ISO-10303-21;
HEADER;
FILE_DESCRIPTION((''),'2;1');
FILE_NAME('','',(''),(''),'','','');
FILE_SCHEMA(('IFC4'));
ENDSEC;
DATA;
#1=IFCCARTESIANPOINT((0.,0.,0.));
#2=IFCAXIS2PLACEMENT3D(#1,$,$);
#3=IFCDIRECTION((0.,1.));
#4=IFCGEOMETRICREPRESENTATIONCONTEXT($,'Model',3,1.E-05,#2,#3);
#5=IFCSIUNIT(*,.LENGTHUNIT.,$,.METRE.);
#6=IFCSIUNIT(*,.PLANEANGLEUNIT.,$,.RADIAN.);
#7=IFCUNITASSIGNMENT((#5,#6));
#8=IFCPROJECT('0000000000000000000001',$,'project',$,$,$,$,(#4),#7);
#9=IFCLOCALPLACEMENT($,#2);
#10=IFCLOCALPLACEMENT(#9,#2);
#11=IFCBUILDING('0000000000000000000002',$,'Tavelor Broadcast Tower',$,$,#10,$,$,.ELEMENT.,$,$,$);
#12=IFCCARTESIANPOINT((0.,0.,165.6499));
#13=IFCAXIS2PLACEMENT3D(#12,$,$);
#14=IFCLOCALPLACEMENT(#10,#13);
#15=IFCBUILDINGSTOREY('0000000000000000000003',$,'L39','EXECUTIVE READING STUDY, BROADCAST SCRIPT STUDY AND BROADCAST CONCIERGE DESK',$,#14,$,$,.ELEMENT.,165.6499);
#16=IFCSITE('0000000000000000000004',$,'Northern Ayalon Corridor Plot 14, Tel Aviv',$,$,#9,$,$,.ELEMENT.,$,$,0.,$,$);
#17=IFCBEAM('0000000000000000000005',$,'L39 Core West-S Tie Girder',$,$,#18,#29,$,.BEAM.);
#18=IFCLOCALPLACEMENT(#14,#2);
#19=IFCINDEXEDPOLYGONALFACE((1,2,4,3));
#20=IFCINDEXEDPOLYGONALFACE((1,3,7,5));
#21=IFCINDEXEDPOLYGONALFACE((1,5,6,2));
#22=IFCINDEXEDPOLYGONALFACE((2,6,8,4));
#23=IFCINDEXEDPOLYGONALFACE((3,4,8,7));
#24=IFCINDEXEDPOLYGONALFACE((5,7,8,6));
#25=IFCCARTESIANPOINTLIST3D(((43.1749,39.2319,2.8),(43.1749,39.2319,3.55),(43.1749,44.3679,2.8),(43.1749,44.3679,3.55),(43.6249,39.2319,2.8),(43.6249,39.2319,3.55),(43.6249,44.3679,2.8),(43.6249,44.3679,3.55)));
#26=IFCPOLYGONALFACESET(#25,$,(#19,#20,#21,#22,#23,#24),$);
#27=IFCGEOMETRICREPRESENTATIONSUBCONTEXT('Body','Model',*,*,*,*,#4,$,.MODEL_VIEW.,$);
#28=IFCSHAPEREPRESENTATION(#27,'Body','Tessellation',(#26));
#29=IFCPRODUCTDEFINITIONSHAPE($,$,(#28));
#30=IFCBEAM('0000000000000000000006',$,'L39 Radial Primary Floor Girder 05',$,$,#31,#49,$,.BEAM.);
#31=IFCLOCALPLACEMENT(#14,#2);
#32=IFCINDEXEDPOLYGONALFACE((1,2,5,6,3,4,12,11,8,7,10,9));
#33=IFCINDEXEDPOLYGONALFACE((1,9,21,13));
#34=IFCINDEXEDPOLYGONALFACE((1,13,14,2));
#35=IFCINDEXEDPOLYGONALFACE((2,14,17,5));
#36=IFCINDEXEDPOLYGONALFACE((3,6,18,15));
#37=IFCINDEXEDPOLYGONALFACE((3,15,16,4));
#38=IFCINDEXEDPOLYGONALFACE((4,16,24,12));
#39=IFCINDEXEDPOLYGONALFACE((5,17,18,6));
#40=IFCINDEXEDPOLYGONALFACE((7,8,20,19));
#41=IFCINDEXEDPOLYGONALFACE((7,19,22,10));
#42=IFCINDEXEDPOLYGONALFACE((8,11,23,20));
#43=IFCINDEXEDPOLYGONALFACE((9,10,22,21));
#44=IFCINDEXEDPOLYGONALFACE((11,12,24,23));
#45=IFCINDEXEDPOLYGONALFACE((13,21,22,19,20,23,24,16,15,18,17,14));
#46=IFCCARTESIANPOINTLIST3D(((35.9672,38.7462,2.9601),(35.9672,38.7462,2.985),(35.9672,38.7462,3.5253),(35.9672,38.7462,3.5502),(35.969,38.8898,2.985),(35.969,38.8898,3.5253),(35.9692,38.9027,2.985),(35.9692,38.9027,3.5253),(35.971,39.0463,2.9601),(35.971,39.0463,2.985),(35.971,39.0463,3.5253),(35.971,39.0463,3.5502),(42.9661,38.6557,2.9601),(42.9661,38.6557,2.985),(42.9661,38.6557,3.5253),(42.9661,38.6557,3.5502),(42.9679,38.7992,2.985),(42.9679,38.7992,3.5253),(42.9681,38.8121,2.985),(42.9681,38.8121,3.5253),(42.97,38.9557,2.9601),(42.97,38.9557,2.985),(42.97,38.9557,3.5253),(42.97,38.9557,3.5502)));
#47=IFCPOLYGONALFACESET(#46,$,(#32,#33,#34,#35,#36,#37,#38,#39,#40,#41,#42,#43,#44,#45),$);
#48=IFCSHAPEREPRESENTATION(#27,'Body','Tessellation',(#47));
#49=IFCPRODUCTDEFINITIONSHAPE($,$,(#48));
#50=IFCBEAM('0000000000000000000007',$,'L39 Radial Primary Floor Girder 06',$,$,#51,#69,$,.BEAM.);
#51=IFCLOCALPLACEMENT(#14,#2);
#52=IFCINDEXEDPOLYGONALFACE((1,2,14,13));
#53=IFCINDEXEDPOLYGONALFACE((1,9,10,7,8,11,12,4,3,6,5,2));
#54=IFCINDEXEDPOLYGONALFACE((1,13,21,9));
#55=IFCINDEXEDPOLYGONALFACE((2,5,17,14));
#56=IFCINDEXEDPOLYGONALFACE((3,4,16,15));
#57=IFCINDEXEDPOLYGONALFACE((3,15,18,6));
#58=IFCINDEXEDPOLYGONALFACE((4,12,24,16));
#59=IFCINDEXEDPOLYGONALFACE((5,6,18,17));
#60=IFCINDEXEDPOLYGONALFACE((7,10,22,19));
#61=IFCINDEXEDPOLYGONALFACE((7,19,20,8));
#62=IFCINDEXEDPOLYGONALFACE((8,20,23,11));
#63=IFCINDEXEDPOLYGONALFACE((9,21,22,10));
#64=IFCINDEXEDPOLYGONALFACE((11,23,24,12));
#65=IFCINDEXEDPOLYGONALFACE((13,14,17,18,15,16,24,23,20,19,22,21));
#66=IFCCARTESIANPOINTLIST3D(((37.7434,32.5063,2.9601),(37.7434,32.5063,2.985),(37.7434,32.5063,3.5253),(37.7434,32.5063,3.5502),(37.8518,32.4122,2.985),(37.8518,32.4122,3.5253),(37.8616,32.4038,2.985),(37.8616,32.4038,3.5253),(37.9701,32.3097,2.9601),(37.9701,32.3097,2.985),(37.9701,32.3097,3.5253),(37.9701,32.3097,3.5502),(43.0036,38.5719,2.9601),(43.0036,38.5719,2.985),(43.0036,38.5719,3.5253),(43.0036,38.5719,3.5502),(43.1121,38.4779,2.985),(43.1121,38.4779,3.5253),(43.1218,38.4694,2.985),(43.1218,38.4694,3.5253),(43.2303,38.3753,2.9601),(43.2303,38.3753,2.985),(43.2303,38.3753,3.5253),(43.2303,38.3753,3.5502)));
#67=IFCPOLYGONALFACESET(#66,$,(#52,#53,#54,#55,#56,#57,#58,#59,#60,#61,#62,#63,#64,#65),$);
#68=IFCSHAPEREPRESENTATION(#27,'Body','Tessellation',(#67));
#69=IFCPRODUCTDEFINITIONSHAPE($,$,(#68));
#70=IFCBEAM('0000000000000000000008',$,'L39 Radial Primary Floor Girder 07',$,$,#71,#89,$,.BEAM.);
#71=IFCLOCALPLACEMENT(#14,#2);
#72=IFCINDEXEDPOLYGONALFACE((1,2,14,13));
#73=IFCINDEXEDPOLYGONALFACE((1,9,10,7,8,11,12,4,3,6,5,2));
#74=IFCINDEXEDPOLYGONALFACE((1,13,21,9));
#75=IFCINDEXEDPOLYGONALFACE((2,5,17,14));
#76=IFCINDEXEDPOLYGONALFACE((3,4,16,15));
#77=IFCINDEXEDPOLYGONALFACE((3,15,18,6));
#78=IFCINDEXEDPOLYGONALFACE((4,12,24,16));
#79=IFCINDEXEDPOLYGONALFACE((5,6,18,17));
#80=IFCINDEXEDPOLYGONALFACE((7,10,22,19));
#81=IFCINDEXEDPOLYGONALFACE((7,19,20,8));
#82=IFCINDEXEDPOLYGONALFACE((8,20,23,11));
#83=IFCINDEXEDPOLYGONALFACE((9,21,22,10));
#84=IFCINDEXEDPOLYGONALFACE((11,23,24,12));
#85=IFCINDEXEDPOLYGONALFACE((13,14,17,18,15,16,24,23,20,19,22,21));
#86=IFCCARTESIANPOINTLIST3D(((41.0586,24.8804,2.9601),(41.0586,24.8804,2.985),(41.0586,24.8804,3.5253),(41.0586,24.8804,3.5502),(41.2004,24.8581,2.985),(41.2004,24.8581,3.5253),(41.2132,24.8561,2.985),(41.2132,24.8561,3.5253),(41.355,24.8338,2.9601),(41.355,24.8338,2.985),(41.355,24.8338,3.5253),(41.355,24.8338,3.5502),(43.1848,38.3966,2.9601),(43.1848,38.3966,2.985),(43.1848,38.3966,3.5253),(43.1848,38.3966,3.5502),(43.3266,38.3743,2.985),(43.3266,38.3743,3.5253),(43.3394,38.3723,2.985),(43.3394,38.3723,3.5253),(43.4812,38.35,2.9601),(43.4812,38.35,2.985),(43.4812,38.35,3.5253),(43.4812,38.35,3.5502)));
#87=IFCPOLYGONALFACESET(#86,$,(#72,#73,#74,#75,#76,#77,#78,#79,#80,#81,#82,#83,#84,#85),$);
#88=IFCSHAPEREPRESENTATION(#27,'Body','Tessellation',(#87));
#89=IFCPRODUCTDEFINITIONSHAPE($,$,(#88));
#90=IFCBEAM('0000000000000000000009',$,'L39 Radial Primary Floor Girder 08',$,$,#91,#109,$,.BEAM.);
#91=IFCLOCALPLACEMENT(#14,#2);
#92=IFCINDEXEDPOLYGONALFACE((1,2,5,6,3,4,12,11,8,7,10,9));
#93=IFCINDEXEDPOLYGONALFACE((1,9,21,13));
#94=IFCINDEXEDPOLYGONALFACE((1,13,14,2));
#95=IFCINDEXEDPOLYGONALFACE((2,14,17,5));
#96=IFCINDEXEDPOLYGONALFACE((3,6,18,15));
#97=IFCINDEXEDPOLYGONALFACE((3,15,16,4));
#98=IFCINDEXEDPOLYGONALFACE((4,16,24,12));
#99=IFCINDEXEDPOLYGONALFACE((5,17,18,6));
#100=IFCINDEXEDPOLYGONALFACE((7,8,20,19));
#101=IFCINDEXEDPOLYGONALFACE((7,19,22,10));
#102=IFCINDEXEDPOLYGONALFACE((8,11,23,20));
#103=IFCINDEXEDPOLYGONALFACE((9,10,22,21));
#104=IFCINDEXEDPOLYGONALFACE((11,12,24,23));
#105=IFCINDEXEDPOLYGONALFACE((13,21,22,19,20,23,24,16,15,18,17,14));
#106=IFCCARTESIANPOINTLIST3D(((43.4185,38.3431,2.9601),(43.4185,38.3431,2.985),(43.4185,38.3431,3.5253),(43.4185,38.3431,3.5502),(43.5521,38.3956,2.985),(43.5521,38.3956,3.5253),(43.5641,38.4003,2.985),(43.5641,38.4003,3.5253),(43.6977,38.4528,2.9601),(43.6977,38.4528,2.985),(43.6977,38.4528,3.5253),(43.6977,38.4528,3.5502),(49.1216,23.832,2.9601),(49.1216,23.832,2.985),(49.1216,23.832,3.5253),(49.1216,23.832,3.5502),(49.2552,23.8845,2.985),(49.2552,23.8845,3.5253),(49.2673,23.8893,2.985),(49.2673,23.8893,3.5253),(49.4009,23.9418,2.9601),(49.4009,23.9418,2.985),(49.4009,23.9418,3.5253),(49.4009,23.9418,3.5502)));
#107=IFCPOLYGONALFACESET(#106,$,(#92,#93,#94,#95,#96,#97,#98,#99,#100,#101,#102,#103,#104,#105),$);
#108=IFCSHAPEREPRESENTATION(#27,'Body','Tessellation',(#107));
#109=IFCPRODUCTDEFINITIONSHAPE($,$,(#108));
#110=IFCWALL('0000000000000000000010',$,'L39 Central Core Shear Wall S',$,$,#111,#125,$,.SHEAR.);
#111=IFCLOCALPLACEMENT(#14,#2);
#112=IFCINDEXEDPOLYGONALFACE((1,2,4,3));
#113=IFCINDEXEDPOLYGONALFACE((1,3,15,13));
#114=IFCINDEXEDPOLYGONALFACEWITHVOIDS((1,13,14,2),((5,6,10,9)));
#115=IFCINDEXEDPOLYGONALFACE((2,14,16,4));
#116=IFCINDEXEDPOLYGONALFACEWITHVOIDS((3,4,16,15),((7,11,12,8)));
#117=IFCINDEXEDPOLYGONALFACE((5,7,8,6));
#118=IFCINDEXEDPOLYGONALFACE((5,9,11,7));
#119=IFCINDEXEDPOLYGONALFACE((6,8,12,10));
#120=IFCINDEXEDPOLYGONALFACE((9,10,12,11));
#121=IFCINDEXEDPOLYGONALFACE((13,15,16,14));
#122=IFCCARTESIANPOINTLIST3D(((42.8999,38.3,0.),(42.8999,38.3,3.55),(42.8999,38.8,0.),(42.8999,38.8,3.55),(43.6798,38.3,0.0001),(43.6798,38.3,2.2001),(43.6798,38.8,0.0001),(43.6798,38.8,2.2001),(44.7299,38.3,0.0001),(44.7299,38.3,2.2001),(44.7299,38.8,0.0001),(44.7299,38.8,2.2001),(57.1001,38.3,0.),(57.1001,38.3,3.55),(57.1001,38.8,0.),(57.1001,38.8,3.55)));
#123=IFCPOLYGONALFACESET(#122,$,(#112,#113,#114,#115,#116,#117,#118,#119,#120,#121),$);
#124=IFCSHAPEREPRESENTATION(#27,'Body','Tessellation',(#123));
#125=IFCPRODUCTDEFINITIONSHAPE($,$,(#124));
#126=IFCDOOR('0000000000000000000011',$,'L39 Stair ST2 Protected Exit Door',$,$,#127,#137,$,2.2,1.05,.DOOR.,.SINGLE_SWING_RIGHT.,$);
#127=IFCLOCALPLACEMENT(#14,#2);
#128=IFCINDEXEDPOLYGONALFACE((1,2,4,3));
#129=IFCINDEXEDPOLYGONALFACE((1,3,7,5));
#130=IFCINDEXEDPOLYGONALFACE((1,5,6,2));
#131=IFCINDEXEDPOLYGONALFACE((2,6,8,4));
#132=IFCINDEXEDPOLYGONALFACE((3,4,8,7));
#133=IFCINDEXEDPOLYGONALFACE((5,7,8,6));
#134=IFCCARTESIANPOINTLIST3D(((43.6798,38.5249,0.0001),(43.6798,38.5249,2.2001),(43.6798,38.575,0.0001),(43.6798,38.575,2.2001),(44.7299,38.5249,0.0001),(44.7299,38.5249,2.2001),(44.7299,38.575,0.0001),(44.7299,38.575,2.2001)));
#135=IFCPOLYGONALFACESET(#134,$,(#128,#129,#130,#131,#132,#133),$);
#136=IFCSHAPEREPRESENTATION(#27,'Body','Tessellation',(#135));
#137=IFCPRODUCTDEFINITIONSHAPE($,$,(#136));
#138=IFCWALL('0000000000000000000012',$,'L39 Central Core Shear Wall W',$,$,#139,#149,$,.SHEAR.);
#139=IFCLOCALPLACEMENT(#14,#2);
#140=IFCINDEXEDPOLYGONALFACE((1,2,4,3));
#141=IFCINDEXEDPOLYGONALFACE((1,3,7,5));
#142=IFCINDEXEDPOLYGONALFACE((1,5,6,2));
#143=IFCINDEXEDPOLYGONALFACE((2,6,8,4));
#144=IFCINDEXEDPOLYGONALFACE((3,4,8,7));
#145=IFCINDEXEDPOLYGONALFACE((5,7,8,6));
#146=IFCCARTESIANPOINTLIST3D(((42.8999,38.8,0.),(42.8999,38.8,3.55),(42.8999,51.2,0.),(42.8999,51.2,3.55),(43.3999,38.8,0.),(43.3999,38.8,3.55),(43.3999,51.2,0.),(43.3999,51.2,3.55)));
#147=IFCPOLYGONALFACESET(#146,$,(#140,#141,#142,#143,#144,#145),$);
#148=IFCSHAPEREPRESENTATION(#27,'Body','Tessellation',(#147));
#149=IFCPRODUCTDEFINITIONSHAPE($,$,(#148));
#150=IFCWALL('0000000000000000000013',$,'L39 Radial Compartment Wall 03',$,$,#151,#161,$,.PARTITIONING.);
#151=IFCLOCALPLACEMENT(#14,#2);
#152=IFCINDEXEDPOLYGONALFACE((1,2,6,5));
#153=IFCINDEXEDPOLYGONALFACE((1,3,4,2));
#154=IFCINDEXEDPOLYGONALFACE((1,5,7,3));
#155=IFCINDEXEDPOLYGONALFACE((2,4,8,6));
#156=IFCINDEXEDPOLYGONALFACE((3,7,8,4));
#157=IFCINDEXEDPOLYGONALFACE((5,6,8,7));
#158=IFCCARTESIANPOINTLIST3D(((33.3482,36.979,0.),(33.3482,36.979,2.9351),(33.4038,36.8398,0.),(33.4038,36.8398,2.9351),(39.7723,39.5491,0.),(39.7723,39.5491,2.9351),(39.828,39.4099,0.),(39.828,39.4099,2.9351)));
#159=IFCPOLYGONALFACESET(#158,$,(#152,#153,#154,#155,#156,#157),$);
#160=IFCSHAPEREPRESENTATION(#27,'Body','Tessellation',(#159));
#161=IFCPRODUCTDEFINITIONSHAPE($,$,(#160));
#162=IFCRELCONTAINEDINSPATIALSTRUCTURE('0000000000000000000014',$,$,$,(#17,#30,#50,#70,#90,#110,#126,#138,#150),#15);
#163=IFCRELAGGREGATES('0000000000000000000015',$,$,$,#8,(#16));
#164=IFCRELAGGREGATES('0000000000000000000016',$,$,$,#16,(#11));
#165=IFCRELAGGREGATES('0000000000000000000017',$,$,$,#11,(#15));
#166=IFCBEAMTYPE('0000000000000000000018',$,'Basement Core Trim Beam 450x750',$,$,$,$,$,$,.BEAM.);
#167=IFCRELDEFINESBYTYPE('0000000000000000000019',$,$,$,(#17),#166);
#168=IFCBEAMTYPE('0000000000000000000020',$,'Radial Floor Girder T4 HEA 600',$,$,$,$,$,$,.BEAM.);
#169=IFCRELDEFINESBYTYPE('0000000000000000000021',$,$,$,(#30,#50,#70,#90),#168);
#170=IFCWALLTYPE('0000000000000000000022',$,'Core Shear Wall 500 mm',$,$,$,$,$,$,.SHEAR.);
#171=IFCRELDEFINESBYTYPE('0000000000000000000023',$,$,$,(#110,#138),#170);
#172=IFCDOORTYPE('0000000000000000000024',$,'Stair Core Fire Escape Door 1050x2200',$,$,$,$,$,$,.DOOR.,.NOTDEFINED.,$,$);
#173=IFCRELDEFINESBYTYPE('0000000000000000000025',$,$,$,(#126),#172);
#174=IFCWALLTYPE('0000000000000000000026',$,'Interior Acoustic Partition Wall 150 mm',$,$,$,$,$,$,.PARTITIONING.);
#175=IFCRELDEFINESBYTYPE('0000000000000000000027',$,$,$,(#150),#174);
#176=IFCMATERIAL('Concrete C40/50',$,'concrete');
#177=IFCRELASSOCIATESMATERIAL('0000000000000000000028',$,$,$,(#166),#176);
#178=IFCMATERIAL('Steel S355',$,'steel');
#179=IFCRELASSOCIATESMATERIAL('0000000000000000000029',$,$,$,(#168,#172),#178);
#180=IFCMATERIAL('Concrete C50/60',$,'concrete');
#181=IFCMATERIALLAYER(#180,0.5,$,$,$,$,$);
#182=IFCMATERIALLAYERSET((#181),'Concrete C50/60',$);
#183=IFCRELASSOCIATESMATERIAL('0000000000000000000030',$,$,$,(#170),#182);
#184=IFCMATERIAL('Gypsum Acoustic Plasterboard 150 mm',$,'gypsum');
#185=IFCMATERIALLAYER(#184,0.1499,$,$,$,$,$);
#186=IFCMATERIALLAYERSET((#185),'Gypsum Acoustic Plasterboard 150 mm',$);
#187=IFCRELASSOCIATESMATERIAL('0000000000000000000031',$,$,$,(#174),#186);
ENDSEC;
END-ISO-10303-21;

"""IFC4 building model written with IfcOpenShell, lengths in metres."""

from ifc_helpers import new_model, si_unit, direction, frame, frame_2d, origin, origin_2d, place, context, subcontext, project, spatial, rectangle, i_section, extrude, material, layer, layer_set, material_profile, profile_set, type_object, element, fill, save


model = new_model("IFC4")

# Units and contexts
model_context = context("Model", 3, precision=1e-05, world=origin(), true_north=direction((0.0, 1.0)))
body_context = subcontext(model_context, "Body", "Model", "MODEL_VIEW")
ifc_project = project(units=[si_unit("LENGTHUNIT", "METRE"), si_unit("PLANEANGLEUNIT", "RADIAN")], contexts=[model_context])

# Site, building, storey
site_placement = place(None, origin())
site = spatial("IfcSite", under=ifc_project, at=site_placement, Name="Northern Ayalon Corridor Plot 14, Tel Aviv", CompositionType="ELEMENT", RefElevation=0.0)
building_placement = place(site_placement, origin())
building = spatial("IfcBuilding", under=site, at=building_placement, Name="Tavelor Broadcast Tower", CompositionType="ELEMENT")
storey_placement = place(building_placement, frame((0.0, 0.0, 165.6499)))
storey = spatial("IfcBuildingStorey", under=building, at=storey_placement, Name="L39", Description="EXECUTIVE READING STUDY, BROADCAST SCRIPT STUDY AND BROADCAST CONCIERGE DESK", CompositionType="ELEMENT", Elevation=165.6499)

# Beams
ifc_material_1 = material(Name="Concrete C40/50", Category="concrete")
ifc_material_profile_1 = material_profile(ifc_material_1, rectangle(XDim=0.45, YDim=0.75, at=origin_2d()), Name="RC 450x750")
ifc_profile_set_1 = profile_set([ifc_material_profile_1], Name="Concrete C40/50")
beam_type_1 = type_object("IfcBeamType", Name="Basement Core Trim Beam 450x750", PredefinedType="BEAM", material=ifc_profile_set_1)
beam_1_placement = place(storey_placement, frame((43.3999, 39.2319, 3.175), z_axis=(0.0, 1.0, 0.0), x_axis=(-1.0, 0.0, 0.0)))
element("IfcBeam", 1, at=beam_1_placement, inside=storey, type_object=beam_type_1, Name="L39 Core West-S Tie Girder", PredefinedType="BEAM", context=body_context, shape_type="SweptSolid", body=[
    extrude(rectangle(XDim=0.45, YDim=0.75, at=origin_2d()), origin(), (0.0, 0.0, 1.0), 5.136),
])
ifc_material_2 = material(Name="Steel S355", Category="steel")
ifc_material_profile_2 = material_profile(ifc_material_2, i_section(OverallWidth=0.3, OverallDepth=0.5901, WebThickness=0.0129, FlangeThickness=0.0249, at=origin_2d()), Name="HEA 600")
ifc_profile_set_2 = profile_set([ifc_material_profile_2], Name="Steel S355")
beam_type_2 = type_object("IfcBeamType", Name="Radial Floor Girder T4 HEA 600", PredefinedType="BEAM", material=ifc_profile_set_2)
beam_2_placement = place(storey_placement, frame((42.968, 38.8057, 3.2551), z_axis=(-0.999916, 0.01294, 0.0), x_axis=(-0.01294, -0.999916, 0.0)))
element("IfcBeam", 2, at=beam_2_placement, inside=storey, type_object=beam_type_2, Name="L39 Radial Primary Floor Girder 05", PredefinedType="BEAM", context=body_context, shape_type="SweptSolid", body=[
    extrude(i_section(OverallWidth=0.3, OverallDepth=0.5901, WebThickness=0.0129, FlangeThickness=0.0249, at=origin_2d()), origin(), (0.0, 0.0, 1.0), 6.9995),
])
beam_3_placement = place(storey_placement, frame((43.1169, 38.4736, 3.2551), z_axis=(-0.655168, -0.755483, 0.0), x_axis=(0.755483, -0.655168, 0.0)))
element("IfcBeam", 3, at=beam_3_placement, inside=storey, type_object=beam_type_2, Name="L39 Radial Primary Floor Girder 06", PredefinedType="BEAM", context=body_context, shape_type="SweptSolid", body=[
    extrude(i_section(OverallWidth=0.3, OverallDepth=0.5901, WebThickness=0.0129, FlangeThickness=0.0249, at=origin_2d()), origin(), (0.0, 0.0, 1.0), 8.0288),
])
beam_4_placement = place(storey_placement, frame((43.333, 38.3733, 3.2551), z_axis=(-0.155399, -0.987852, 0.0), x_axis=(0.987852, -0.155399, 0.0)))
element("IfcBeam", 4, at=beam_4_placement, inside=storey, type_object=beam_type_2, Name="L39 Radial Primary Floor Girder 07", PredefinedType="BEAM", context=body_context, shape_type="SweptSolid", body=[
    extrude(i_section(OverallWidth=0.3, OverallDepth=0.5901, WebThickness=0.0129, FlangeThickness=0.0249, at=origin_2d()), origin(), (0.0, 0.0, 1.0), 13.6824),
])
beam_5_placement = place(storey_placement, frame((43.5581, 38.3979, 3.2551), z_axis=(0.365785, -0.9307, 0.0), x_axis=(0.9307, 0.365785, 0.0)))
element("IfcBeam", 5, at=beam_5_placement, inside=storey, type_object=beam_type_2, Name="L39 Radial Primary Floor Girder 08", PredefinedType="BEAM", context=body_context, shape_type="SweptSolid", body=[
    extrude(i_section(OverallWidth=0.3, OverallDepth=0.5901, WebThickness=0.0129, FlangeThickness=0.0249, at=origin_2d()), origin(), (0.0, 0.0, 1.0), 15.5916),
])

# Wall, opening, door
ifc_material_3 = material(Name="Concrete C50/60", Category="concrete")
ifc_layer_1 = layer(ifc_material_3, 0.5)
ifc_layer_set_1 = layer_set([ifc_layer_1], Name="Concrete C50/60")
wall_type_1 = type_object("IfcWallType", Name="Core Shear Wall 500 mm", PredefinedType="SHEAR", material=ifc_layer_set_1)
wall_1_placement = place(storey_placement, frame((42.8999, 38.55, 0.0), z_axis=(0.0, 0.0, 1.0), x_axis=(1.0, 0.0, 0.0)))
wall_1 = element("IfcWall", 6, at=wall_1_placement, inside=storey, type_object=wall_type_1, Name="L39 Central Core Shear Wall S", PredefinedType="SHEAR", context=body_context, shape_type="SweptSolid", body=[
    extrude(rectangle(XDim=14.2002, YDim=0.5, at=frame_2d((7.1001, 0.0))), origin(), (0.0, 0.0, 1.0), 3.55),
])
opening_placement = place(wall_1_placement, frame((0.78, 0.0, 0.0)))
opening = element("IfcOpeningElement", 7, at=opening_placement, cuts=wall_1, PredefinedType="OPENING", context=body_context, shape_type="SweptSolid", body=[
    extrude(rectangle(XDim=1.05, YDim=2.2, at=frame_2d((0.5249, 1.1001))), frame((0.0, 0.26, 0.0), z_axis=(0.0, -1.0, 0.0), x_axis=(1.0, 0.0, 0.0)), (0.0, 0.0, 1.0), 0.52),
])
door_type = type_object("IfcDoorType", Name="Stair Core Fire Escape Door 1050x2200", OperationType="NOTDEFINED", PredefinedType="DOOR", material=ifc_material_2)
door_placement = place(opening_placement, origin())
door = element("IfcDoor", 8, at=door_placement, inside=storey, type_object=door_type, Name="L39 Stair ST2 Protected Exit Door", OperationType="SINGLE_SWING_RIGHT", OverallHeight=2.2, OverallWidth=1.05, PredefinedType="DOOR", context=body_context, shape_type="SweptSolid", body=[
    extrude(rectangle(XDim=1.05, YDim=2.2, at=frame_2d((0.5249, 1.1001))), frame((0.0, 0.0249, 0.0), z_axis=(0.0, -1.0, 0.0), x_axis=(1.0, 0.0, 0.0)), (0.0, 0.0, 1.0), 0.05),
])
fill(opening, door)

# Walls
wall_2_placement = place(storey_placement, frame((43.1499, 38.8, 0.0), z_axis=(0.0, 0.0, 1.0), x_axis=(0.0, 1.0, 0.0)))
element("IfcWall", 9, at=wall_2_placement, inside=storey, type_object=wall_type_1, Name="L39 Central Core Shear Wall W", PredefinedType="SHEAR", context=body_context, shape_type="SweptSolid", body=[
    extrude(rectangle(XDim=12.3999, YDim=0.5, at=frame_2d((6.2, 0.0))), origin(), (0.0, 0.0, 1.0), 3.55),
])
ifc_material_4 = material(Name="Gypsum Acoustic Plasterboard 150 mm", Category="gypsum")
ifc_layer_2 = layer(ifc_material_4, 0.1499)
ifc_layer_set_2 = layer_set([ifc_layer_2], Name="Gypsum Acoustic Plasterboard 150 mm")
wall_type_2 = type_object("IfcWallType", Name="Interior Acoustic Partition Wall 150 mm", PredefinedType="PARTITIONING", material=ifc_layer_set_2)
wall_3_placement = place(storey_placement, frame((39.8, 39.4795, 0.0), z_axis=(0.0, 0.0, 1.0), x_axis=(-0.928455, -0.371445, 0.0)))
element("IfcWall", 10, at=wall_3_placement, inside=storey, type_object=wall_type_2, Name="L39 Radial Compartment Wall 03", PredefinedType="PARTITIONING", context=body_context, shape_type="SweptSolid", body=[
    extrude(rectangle(XDim=6.9192, YDim=0.1499, at=frame_2d((3.4595, 0.0))), origin(), (0.0, 0.0, 1.0), 2.9351),
])

save(model, "model.ifc")
